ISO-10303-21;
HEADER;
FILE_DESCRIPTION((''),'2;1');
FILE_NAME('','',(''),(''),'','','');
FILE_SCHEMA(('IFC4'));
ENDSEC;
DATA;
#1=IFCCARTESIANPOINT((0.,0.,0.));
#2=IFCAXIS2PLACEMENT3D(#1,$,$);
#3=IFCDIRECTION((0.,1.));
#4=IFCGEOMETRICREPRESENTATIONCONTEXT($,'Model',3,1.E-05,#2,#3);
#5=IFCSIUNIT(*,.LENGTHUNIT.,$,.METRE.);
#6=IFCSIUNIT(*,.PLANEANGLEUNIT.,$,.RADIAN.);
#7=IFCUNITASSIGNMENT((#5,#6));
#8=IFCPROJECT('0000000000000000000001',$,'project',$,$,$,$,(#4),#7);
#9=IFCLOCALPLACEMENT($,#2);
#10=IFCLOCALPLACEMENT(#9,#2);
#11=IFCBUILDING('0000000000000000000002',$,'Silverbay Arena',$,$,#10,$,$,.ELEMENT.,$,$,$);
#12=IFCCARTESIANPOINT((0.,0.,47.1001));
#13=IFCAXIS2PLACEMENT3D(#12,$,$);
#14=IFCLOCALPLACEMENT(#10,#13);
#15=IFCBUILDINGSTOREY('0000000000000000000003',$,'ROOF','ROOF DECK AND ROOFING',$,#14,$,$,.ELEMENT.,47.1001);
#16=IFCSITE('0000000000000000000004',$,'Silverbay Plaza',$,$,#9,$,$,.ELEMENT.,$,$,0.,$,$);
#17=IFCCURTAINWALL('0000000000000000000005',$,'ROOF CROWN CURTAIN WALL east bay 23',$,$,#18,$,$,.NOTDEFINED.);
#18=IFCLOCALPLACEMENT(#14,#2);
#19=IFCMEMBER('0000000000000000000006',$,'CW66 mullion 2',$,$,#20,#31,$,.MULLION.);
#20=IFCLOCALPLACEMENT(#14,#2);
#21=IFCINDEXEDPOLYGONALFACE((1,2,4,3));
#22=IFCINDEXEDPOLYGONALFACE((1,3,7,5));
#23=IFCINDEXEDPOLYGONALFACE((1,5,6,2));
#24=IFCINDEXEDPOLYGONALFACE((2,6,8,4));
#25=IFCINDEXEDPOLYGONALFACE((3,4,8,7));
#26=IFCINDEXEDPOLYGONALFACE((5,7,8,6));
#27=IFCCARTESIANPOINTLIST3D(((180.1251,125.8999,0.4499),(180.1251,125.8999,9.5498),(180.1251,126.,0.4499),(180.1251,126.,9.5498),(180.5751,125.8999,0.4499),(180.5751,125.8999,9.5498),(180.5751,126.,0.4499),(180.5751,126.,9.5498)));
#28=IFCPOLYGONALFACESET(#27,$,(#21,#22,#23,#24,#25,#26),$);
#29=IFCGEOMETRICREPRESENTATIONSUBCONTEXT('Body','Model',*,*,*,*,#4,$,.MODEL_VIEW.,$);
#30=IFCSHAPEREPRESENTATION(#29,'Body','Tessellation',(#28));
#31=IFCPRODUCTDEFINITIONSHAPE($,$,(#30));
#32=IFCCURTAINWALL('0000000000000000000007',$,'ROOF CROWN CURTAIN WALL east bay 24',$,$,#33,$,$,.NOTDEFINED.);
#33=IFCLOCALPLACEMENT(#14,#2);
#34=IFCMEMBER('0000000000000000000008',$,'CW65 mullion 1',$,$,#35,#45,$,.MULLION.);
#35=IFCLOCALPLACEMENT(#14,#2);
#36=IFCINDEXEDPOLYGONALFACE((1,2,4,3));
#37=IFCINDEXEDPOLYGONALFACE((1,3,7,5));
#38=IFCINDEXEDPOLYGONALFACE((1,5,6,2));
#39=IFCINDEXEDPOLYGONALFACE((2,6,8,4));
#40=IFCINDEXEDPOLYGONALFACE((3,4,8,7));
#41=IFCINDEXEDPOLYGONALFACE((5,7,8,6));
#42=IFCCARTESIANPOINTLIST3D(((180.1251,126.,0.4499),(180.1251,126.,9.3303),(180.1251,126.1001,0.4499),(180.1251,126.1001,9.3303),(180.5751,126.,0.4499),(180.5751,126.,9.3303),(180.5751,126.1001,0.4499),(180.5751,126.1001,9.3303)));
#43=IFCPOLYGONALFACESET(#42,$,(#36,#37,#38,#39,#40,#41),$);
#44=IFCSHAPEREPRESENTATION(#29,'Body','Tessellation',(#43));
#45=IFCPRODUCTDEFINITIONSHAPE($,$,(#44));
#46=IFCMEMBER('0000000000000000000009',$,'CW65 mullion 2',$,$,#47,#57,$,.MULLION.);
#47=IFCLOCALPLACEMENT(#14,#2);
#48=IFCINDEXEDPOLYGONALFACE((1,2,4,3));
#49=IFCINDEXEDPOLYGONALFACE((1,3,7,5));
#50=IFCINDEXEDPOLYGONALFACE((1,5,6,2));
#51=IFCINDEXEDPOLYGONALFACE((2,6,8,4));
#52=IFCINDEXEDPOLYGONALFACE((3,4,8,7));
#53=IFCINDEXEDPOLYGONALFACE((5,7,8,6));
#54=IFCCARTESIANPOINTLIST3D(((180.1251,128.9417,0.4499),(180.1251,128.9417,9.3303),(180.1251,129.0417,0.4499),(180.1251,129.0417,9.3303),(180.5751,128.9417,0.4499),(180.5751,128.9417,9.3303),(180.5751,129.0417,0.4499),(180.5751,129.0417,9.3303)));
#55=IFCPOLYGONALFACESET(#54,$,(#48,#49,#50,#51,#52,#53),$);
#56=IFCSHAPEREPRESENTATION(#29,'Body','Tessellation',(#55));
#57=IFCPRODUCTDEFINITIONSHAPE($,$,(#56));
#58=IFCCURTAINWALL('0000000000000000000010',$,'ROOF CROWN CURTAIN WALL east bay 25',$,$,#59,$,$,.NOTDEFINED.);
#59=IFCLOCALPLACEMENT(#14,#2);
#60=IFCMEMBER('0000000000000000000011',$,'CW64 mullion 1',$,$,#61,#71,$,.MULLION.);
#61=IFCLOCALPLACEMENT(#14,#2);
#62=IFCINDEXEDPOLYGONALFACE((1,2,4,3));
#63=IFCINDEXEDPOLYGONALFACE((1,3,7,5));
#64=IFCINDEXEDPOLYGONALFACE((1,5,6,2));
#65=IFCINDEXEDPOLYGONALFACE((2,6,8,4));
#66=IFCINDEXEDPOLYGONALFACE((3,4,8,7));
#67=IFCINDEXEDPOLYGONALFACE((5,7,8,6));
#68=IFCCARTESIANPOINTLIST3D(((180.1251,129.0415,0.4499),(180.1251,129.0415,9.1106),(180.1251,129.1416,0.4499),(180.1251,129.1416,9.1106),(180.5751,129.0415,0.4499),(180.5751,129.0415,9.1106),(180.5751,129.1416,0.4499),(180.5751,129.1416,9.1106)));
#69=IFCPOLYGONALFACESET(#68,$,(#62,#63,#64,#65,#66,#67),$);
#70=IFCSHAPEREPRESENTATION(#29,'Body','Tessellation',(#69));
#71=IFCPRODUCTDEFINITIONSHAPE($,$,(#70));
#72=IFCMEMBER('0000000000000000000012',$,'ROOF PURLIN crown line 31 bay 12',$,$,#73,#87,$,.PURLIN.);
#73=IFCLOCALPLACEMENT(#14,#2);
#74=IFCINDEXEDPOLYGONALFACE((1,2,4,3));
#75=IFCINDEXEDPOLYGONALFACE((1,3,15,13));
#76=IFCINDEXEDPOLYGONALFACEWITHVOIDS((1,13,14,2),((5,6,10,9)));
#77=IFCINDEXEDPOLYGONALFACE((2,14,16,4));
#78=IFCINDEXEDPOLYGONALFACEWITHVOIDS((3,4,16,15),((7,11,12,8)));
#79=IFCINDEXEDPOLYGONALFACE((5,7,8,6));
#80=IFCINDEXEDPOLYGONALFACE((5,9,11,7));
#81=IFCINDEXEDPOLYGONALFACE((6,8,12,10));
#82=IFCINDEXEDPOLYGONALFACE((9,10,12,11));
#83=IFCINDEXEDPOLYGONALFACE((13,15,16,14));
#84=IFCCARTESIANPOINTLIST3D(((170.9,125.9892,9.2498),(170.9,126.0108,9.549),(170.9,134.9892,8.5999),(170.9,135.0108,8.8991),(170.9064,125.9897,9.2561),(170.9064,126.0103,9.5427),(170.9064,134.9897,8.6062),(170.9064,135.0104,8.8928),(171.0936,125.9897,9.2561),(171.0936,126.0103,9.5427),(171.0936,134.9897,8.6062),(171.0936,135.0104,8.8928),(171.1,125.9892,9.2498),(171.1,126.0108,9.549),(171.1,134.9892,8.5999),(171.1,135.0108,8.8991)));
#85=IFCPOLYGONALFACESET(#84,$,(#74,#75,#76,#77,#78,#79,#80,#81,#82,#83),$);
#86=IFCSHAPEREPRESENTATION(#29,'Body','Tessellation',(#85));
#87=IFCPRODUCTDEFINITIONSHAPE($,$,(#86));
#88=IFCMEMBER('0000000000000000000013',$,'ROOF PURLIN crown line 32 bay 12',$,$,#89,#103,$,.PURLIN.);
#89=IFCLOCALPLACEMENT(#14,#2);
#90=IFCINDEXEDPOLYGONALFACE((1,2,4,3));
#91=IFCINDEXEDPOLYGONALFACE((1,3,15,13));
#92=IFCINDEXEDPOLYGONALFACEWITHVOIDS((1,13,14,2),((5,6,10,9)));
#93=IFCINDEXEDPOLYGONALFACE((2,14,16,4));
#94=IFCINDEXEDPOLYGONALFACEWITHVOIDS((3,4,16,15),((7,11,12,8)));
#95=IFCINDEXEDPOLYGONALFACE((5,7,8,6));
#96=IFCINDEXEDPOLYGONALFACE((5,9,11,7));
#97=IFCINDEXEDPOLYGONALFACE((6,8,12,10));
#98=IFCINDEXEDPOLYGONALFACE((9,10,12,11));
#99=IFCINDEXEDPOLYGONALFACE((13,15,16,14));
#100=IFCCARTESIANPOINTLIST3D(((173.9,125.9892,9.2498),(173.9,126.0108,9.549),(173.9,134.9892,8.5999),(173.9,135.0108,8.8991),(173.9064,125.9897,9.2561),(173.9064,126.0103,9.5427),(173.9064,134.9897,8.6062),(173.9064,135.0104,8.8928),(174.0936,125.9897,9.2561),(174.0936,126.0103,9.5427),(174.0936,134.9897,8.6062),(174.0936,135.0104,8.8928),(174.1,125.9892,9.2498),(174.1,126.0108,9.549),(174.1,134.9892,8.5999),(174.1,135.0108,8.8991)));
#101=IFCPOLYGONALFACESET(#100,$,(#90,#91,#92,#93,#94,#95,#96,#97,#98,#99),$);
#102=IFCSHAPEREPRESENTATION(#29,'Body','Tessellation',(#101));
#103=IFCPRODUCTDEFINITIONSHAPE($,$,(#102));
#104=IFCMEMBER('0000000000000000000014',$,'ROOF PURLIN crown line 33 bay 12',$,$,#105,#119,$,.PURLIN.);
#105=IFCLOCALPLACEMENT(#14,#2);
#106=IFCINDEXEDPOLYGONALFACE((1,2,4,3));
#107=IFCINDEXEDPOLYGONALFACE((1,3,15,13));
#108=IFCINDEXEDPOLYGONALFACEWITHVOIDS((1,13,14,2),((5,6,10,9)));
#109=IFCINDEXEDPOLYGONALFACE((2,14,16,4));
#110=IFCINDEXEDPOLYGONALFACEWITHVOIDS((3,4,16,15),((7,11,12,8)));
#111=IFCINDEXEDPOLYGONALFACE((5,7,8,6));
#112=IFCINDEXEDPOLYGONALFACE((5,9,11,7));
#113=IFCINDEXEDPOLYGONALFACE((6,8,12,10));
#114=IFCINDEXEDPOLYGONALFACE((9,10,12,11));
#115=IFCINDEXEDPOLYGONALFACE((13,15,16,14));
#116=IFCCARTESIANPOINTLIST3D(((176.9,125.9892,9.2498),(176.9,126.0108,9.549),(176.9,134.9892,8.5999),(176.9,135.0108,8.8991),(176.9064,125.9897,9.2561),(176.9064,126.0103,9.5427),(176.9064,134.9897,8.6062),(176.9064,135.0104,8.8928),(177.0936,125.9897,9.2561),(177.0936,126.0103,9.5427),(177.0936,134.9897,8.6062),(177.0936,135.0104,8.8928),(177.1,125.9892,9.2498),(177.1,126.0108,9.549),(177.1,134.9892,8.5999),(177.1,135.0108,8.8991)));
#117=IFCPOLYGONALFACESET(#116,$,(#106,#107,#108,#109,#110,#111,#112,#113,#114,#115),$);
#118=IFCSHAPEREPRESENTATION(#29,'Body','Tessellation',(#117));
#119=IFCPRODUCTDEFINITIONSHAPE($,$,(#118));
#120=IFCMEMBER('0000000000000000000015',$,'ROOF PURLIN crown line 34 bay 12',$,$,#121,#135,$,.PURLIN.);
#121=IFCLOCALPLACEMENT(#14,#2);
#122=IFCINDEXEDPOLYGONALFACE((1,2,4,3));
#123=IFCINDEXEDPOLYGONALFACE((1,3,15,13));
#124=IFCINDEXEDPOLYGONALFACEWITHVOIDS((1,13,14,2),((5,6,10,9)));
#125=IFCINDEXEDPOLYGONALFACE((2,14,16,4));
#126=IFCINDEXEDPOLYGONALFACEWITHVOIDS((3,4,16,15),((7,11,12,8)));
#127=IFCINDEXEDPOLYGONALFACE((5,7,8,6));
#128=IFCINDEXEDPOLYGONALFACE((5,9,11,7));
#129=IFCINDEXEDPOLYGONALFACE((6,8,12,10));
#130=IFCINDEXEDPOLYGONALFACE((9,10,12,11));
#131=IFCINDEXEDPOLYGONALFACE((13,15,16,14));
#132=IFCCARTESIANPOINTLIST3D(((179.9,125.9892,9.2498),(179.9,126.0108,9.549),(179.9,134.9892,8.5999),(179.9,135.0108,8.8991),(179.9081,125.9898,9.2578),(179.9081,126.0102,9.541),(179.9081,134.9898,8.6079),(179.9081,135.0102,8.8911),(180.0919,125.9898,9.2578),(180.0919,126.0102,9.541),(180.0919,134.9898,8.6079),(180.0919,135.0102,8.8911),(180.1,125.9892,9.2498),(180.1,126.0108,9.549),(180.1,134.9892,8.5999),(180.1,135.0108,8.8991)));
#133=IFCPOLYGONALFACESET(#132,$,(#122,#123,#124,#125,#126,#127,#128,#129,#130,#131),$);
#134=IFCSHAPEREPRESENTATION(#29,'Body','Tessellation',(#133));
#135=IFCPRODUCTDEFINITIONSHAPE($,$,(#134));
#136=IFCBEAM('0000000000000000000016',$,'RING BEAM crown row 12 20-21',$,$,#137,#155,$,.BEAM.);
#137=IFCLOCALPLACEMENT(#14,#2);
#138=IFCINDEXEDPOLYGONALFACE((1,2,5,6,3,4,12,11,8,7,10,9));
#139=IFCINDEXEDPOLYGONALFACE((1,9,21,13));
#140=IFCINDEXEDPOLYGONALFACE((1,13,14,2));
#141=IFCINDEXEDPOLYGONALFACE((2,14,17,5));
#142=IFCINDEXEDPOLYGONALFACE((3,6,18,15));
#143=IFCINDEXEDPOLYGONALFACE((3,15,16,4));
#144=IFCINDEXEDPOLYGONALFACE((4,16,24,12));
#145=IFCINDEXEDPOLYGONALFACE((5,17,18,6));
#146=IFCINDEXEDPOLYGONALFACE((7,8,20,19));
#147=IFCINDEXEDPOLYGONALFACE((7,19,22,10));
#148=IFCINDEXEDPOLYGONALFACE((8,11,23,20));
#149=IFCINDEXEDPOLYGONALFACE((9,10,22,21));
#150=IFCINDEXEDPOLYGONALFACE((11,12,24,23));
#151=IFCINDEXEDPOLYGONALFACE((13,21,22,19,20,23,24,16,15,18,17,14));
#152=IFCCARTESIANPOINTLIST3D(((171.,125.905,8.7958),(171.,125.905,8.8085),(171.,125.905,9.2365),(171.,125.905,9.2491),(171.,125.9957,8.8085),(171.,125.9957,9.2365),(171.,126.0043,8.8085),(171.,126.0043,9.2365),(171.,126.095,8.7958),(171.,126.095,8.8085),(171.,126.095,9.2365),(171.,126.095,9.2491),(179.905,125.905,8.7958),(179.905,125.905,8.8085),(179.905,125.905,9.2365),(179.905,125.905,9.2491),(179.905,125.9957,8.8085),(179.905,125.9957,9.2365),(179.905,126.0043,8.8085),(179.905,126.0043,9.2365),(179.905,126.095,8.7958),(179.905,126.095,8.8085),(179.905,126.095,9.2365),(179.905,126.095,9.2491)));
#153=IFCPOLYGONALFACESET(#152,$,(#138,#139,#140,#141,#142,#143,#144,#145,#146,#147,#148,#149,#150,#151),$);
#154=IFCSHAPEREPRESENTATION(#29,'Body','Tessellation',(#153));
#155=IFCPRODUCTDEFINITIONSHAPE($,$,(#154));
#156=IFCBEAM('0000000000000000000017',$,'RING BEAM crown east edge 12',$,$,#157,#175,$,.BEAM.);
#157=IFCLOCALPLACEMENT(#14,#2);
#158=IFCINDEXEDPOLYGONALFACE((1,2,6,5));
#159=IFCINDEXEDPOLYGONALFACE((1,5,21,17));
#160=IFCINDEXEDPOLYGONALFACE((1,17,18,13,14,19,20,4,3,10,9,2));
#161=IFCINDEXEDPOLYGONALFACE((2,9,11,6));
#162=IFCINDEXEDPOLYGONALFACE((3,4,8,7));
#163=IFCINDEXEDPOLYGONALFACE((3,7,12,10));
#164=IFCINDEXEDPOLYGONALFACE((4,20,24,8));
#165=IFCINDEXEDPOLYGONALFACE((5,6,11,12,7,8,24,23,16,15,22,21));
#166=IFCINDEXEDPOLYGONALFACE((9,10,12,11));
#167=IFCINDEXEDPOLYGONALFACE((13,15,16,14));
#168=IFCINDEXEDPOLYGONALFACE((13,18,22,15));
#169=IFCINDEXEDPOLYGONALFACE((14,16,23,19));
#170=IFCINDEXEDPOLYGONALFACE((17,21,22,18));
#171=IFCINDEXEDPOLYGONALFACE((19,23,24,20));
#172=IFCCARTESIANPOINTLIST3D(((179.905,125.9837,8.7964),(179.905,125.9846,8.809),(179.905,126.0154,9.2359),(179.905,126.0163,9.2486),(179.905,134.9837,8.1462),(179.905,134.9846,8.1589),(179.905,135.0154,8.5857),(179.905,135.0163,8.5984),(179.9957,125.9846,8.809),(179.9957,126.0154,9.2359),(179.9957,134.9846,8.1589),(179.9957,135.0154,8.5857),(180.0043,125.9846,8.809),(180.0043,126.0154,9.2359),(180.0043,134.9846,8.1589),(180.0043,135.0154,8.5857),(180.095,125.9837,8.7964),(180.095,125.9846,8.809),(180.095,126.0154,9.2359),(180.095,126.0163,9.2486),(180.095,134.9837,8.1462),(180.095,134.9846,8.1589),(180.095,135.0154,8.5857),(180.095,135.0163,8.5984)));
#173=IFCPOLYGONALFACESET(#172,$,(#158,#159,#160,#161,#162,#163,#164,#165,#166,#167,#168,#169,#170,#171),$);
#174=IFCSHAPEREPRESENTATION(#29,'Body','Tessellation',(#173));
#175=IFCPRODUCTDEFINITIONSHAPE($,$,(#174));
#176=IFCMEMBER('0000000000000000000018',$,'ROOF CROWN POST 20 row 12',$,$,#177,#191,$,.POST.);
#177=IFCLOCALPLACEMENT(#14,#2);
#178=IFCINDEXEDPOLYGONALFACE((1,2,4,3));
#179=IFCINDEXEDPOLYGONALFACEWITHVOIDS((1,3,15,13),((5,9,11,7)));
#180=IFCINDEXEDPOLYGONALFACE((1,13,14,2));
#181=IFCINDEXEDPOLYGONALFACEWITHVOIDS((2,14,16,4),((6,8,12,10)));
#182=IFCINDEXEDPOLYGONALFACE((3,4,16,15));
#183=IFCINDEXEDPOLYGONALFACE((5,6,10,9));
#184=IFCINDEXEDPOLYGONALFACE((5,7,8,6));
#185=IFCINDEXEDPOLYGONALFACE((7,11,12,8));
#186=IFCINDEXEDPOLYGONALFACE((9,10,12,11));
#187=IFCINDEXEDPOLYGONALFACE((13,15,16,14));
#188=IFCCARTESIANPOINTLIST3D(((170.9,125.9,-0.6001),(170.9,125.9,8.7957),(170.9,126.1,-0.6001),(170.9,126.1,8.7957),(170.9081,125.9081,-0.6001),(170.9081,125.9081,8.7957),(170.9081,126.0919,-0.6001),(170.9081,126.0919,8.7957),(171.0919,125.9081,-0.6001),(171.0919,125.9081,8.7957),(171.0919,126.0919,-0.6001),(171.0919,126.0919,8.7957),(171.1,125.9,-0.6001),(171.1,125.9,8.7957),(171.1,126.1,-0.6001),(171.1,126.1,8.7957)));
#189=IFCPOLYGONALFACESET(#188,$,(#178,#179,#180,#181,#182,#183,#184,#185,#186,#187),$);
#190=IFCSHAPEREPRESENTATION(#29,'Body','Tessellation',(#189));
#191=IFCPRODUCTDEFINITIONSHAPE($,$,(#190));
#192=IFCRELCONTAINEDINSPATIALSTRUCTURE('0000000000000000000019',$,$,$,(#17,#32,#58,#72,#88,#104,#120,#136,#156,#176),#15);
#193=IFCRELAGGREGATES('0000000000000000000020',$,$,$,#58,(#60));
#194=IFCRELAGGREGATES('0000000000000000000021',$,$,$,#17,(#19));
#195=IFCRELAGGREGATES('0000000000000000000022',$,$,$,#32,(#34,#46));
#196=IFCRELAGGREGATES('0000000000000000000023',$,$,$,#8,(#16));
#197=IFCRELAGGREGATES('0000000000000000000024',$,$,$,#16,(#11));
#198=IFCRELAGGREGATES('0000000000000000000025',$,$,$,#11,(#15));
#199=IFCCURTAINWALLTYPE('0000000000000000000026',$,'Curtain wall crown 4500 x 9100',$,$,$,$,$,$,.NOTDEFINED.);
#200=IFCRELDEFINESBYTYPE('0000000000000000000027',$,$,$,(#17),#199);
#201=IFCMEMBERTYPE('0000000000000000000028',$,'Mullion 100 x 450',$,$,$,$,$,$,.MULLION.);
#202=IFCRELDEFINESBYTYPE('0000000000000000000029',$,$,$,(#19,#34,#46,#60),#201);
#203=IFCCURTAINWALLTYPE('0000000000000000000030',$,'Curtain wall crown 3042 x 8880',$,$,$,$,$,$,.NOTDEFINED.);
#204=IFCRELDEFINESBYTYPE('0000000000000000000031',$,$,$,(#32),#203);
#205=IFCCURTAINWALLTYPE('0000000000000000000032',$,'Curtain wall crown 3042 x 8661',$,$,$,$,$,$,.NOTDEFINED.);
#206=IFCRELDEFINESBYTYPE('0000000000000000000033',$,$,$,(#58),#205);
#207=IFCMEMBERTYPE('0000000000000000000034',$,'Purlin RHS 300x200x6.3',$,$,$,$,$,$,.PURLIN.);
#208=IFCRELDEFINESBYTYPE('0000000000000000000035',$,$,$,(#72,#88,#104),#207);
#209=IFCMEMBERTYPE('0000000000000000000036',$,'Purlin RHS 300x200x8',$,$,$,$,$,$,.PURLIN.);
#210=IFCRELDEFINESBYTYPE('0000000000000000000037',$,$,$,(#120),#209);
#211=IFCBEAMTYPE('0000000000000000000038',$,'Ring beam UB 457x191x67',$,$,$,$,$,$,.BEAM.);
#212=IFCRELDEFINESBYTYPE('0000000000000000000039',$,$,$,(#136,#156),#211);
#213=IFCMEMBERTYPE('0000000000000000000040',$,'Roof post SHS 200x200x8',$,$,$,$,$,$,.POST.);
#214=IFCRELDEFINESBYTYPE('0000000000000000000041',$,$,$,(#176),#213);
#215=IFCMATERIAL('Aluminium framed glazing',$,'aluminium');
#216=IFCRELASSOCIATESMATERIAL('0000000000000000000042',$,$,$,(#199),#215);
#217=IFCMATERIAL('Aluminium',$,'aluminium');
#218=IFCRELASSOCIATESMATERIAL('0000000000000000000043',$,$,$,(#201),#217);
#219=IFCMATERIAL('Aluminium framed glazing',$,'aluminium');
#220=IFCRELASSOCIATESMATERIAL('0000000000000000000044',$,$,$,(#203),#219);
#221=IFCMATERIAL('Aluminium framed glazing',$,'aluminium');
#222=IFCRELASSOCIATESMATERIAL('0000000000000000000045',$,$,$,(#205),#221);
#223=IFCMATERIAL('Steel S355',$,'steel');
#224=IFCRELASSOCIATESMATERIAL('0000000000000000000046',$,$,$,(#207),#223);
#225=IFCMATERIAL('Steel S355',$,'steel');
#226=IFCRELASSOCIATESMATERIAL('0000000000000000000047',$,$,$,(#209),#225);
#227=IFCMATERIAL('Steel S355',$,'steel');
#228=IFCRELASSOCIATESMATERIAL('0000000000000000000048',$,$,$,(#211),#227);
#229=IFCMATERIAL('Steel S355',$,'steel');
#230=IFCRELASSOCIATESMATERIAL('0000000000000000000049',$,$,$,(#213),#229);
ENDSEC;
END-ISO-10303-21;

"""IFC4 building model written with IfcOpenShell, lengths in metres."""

from ifc_helpers import new_model, si_unit, direction, frame, origin, origin_2d, place, context, subcontext, project, spatial, rectangle, hollow_rectangle, i_section, extrude, material, material_profile, profile_set, type_object, element, aggregate, save


model = new_model("IFC4")

# Units and contexts
model_context = context("Model", 3, precision=1e-05, world=origin(), true_north=direction((0.0, 1.0)))
body_context = subcontext(model_context, "Body", "Model", "MODEL_VIEW")
ifc_project = project(units=[si_unit("LENGTHUNIT", "METRE"), si_unit("PLANEANGLEUNIT", "RADIAN")], contexts=[model_context])

# Site, building, storey
site_placement = place(None, origin())
site = spatial("IfcSite", under=ifc_project, at=site_placement, Name="Silverbay Plaza", CompositionType="ELEMENT", RefElevation=0.0)
building_placement = place(site_placement, origin())
building = spatial("IfcBuilding", under=site, at=building_placement, Name="Silverbay Arena", CompositionType="ELEMENT")
storey_placement = place(building_placement, frame((0.0, 0.0, 47.1001)))
storey = spatial("IfcBuildingStorey", under=building, at=storey_placement, Name="ROOF", Description="ROOF DECK AND ROOFING", CompositionType="ELEMENT", Elevation=47.1001)

# Curtain wall, member
ifc_material_1 = material(Name="Aluminium framed glazing", Category="aluminium")
curtain_wall_type_1 = type_object("IfcCurtainWallType", Name="Curtain wall crown 4500 x 9100", PredefinedType="NOTDEFINED", material=ifc_material_1)
curtain_wall_1_placement = place(storey_placement, origin())
curtain_wall_1 = element("IfcCurtainWall", 1, at=curtain_wall_1_placement, inside=storey, type_object=curtain_wall_type_1, Name="ROOF CROWN CURTAIN WALL east bay 23", PredefinedType="NOTDEFINED")
ifc_material_2 = material(Name="Aluminium", Category="aluminium")
ifc_material_profile_1 = material_profile(ifc_material_2, rectangle(XDim=0.45, YDim=0.1001, at=origin_2d()), Name="Mullion 100 x 450")
ifc_profile_set_1 = profile_set([ifc_material_profile_1], Name="Aluminium")
member_type_1 = type_object("IfcMemberType", Name="Mullion 100 x 450", PredefinedType="MULLION", material=ifc_profile_set_1)
placement = place(building_placement, frame((0.0, 0.0, 33.5)))
member_1_placement = place(placement, frame((180.3501, 125.95, 14.05), z_axis=(0.0, 0.0, 1.0), x_axis=(-1.0, 0.0, 0.0)))
member_1 = element("IfcMember", 2, at=member_1_placement, type_object=member_type_1, Name="CW66 mullion 2", PredefinedType="MULLION", context=body_context, shape_type="SweptSolid", body=[
    extrude(rectangle(XDim=0.45, YDim=0.1001, at=origin_2d()), origin(), (0.0, 0.0, 1.0), 9.0999),
])

# Curtain wall, members
ifc_material_3 = material(Name="Aluminium framed glazing", Category="aluminium")
curtain_wall_type_2 = type_object("IfcCurtainWallType", Name="Curtain wall crown 3042 x 8880", PredefinedType="NOTDEFINED", material=ifc_material_3)
curtain_wall_2_placement = place(storey_placement, origin())
curtain_wall_2 = element("IfcCurtainWall", 3, at=curtain_wall_2_placement, inside=storey, type_object=curtain_wall_type_2, Name="ROOF CROWN CURTAIN WALL east bay 24", PredefinedType="NOTDEFINED")
member_2_placement = place(placement, frame((180.3501, 126.05, 14.05), z_axis=(0.0, 0.0, 1.0), x_axis=(-1.0, 0.0, 0.0)))
member_2 = element("IfcMember", 4, at=member_2_placement, type_object=member_type_1, Name="CW65 mullion 1", PredefinedType="MULLION", context=body_context, shape_type="SweptSolid", body=[
    extrude(rectangle(XDim=0.45, YDim=0.1001, at=origin_2d()), origin(), (0.0, 0.0, 1.0), 8.8804),
])
member_3_placement = place(placement, frame((180.3501, 128.9917, 14.05), z_axis=(0.0, 0.0, 1.0), x_axis=(-1.0, 0.0, 0.0)))
member_3 = element("IfcMember", 5, at=member_3_placement, type_object=member_type_1, Name="CW65 mullion 2", PredefinedType="MULLION", context=body_context, shape_type="SweptSolid", body=[
    extrude(rectangle(XDim=0.45, YDim=0.1001, at=origin_2d()), origin(), (0.0, 0.0, 1.0), 8.8804),
])

# Curtain wall, member
ifc_material_4 = material(Name="Aluminium framed glazing", Category="aluminium")
curtain_wall_type_3 = type_object("IfcCurtainWallType", Name="Curtain wall crown 3042 x 8661", PredefinedType="NOTDEFINED", material=ifc_material_4)
curtain_wall_3_placement = place(storey_placement, origin())
curtain_wall_3 = element("IfcCurtainWall", 6, at=curtain_wall_3_placement, inside=storey, type_object=curtain_wall_type_3, Name="ROOF CROWN CURTAIN WALL east bay 25", PredefinedType="NOTDEFINED")
member_4_placement = place(placement, frame((180.3501, 129.0916, 14.05), z_axis=(0.0, 0.0, 1.0), x_axis=(-1.0, 0.0, 0.0)))
member_4 = element("IfcMember", 7, at=member_4_placement, type_object=member_type_1, Name="CW64 mullion 1", PredefinedType="MULLION", context=body_context, shape_type="SweptSolid", body=[
    extrude(rectangle(XDim=0.45, YDim=0.1001, at=origin_2d()), origin(), (0.0, 0.0, 1.0), 8.6606),
])
aggregate(curtain_wall_3, [member_4])

# Members
ifc_material_5 = material(Name="Steel S355", Category="steel")
ifc_material_profile_2 = material_profile(ifc_material_5, hollow_rectangle(XDim=0.2, YDim=0.3, WallThickness=0.0063, at=origin_2d()), Name="RHS 300x200x6.3")
ifc_profile_set_2 = profile_set([ifc_material_profile_2], Name="Steel S355")
member_type_2 = type_object("IfcMemberType", Name="Purlin RHS 300x200x6.3", PredefinedType="PURLIN", material=ifc_profile_set_2)
for number, where, z_axis, x_axis, name in (
    (8, (171.0, 126.0, 9.3994), (0.0, 0.997403, -0.072024), (-1.0, 0.0, 0.0), "ROOF PURLIN crown line 31 bay 12"),
    (9, (174.0, 126.0, 9.3994), (0.0, 0.997403, -0.072024), (-1.0, 0.0, 0.0), "ROOF PURLIN crown line 32 bay 12"),
    (10, (177.0, 126.0, 9.3994), (0.0, 0.997403, -0.072024), (-1.0, 0.0, 0.0), "ROOF PURLIN crown line 33 bay 12"),
):
    element("IfcMember", number, at=place(storey_placement, frame(where, z_axis=z_axis, x_axis=x_axis)), inside=storey, type_object=member_type_2, Name=name, PredefinedType="PURLIN", context=body_context, shape_type="SweptSolid", body=[
        extrude(hollow_rectangle(XDim=0.2, YDim=0.3, WallThickness=0.0063, at=origin_2d()), origin(), (0.0, 0.0, 1.0), 9.0234),
    ])
ifc_material_6 = material(Name="Steel S355", Category="steel")
ifc_material_profile_3 = material_profile(ifc_material_6, hollow_rectangle(XDim=0.2, YDim=0.3, WallThickness=0.0081, at=origin_2d()), Name="RHS 300x200x8")
ifc_profile_set_3 = profile_set([ifc_material_profile_3], Name="Steel S355")
member_type_3 = type_object("IfcMemberType", Name="Purlin RHS 300x200x8", PredefinedType="PURLIN", material=ifc_profile_set_3)
member_5_placement = place(storey_placement, frame((180.0, 126.0, 9.3994), z_axis=(0.0, 0.997403, -0.072024), x_axis=(-1.0, 0.0, 0.0)))
element("IfcMember", 11, at=member_5_placement, inside=storey, type_object=member_type_3, Name="ROOF PURLIN crown line 34 bay 12", PredefinedType="PURLIN", context=body_context, shape_type="SweptSolid", body=[
    extrude(hollow_rectangle(XDim=0.2, YDim=0.3, WallThickness=0.0081, at=origin_2d()), origin(), (0.0, 0.0, 1.0), 9.0234),
])

# Beams
ifc_material_7 = material(Name="Steel S355", Category="steel")
ifc_material_profile_4 = material_profile(ifc_material_7, i_section(OverallWidth=0.1899, OverallDepth=0.4534, WebThickness=0.0085, FlangeThickness=0.0127, at=origin_2d()), Name="UB 457x191x67")
ifc_profile_set_4 = profile_set([ifc_material_profile_4], Name="Steel S355")
beam_type = type_object("IfcBeamType", Name="Ring beam UB 457x191x67", PredefinedType="BEAM", material=ifc_profile_set_4)
beam_1_placement = place(storey_placement, frame((171.0, 126.0, 9.0225), z_axis=(1.0, 0.0, 0.0), x_axis=(0.0, 1.0, 0.0)))
element("IfcBeam", 12, at=beam_1_placement, inside=storey, type_object=beam_type, Name="RING BEAM crown row 12 20-21", PredefinedType="BEAM", context=body_context, shape_type="SweptSolid", body=[
    extrude(i_section(OverallWidth=0.1899, OverallDepth=0.4534, WebThickness=0.0085, FlangeThickness=0.0127, at=origin_2d()), origin(), (0.0, 0.0, 1.0), 8.905),
])
beam_2_placement = place(storey_placement, frame((180.0, 126.0, 9.0225), z_axis=(0.0, 0.997401, -0.072051), x_axis=(-1.0, 0.0, 0.0)))
element("IfcBeam", 13, at=beam_2_placement, inside=storey, type_object=beam_type, Name="RING BEAM crown east edge 12", PredefinedType="BEAM", context=body_context, shape_type="SweptSolid", body=[
    extrude(i_section(OverallWidth=0.1899, OverallDepth=0.4534, WebThickness=0.0085, FlangeThickness=0.0127, at=origin_2d()), origin(), (0.0, 0.0, 1.0), 9.0234),
])

# Member
ifc_material_8 = material(Name="Steel S355", Category="steel")
ifc_material_profile_5 = material_profile(ifc_material_8, hollow_rectangle(XDim=0.2, YDim=0.2, WallThickness=0.0081, at=origin_2d()), Name="SHS 200x200x8")
ifc_profile_set_5 = profile_set([ifc_material_profile_5], Name="Steel S355")
member_type_4 = type_object("IfcMemberType", Name="Roof post SHS 200x200x8", PredefinedType="POST", material=ifc_profile_set_5)
member_6_placement = place(storey_placement, frame((171.0, 126.0, -0.6001), z_axis=(0.0, 0.0, 1.0), x_axis=(1.0, 0.0, 0.0)))
element("IfcMember", 14, at=member_6_placement, inside=storey, type_object=member_type_4, Name="ROOF CROWN POST 20 row 12", PredefinedType="POST", context=body_context, shape_type="SweptSolid", body=[
    extrude(hollow_rectangle(XDim=0.2, YDim=0.2, WallThickness=0.0081, at=origin_2d()), origin(), (0.0, 0.0, 1.0), 9.3958),
])

aggregate(curtain_wall_1, [member_1])
aggregate(curtain_wall_2, [member_2, member_3])

save(model, "model.ifc")
